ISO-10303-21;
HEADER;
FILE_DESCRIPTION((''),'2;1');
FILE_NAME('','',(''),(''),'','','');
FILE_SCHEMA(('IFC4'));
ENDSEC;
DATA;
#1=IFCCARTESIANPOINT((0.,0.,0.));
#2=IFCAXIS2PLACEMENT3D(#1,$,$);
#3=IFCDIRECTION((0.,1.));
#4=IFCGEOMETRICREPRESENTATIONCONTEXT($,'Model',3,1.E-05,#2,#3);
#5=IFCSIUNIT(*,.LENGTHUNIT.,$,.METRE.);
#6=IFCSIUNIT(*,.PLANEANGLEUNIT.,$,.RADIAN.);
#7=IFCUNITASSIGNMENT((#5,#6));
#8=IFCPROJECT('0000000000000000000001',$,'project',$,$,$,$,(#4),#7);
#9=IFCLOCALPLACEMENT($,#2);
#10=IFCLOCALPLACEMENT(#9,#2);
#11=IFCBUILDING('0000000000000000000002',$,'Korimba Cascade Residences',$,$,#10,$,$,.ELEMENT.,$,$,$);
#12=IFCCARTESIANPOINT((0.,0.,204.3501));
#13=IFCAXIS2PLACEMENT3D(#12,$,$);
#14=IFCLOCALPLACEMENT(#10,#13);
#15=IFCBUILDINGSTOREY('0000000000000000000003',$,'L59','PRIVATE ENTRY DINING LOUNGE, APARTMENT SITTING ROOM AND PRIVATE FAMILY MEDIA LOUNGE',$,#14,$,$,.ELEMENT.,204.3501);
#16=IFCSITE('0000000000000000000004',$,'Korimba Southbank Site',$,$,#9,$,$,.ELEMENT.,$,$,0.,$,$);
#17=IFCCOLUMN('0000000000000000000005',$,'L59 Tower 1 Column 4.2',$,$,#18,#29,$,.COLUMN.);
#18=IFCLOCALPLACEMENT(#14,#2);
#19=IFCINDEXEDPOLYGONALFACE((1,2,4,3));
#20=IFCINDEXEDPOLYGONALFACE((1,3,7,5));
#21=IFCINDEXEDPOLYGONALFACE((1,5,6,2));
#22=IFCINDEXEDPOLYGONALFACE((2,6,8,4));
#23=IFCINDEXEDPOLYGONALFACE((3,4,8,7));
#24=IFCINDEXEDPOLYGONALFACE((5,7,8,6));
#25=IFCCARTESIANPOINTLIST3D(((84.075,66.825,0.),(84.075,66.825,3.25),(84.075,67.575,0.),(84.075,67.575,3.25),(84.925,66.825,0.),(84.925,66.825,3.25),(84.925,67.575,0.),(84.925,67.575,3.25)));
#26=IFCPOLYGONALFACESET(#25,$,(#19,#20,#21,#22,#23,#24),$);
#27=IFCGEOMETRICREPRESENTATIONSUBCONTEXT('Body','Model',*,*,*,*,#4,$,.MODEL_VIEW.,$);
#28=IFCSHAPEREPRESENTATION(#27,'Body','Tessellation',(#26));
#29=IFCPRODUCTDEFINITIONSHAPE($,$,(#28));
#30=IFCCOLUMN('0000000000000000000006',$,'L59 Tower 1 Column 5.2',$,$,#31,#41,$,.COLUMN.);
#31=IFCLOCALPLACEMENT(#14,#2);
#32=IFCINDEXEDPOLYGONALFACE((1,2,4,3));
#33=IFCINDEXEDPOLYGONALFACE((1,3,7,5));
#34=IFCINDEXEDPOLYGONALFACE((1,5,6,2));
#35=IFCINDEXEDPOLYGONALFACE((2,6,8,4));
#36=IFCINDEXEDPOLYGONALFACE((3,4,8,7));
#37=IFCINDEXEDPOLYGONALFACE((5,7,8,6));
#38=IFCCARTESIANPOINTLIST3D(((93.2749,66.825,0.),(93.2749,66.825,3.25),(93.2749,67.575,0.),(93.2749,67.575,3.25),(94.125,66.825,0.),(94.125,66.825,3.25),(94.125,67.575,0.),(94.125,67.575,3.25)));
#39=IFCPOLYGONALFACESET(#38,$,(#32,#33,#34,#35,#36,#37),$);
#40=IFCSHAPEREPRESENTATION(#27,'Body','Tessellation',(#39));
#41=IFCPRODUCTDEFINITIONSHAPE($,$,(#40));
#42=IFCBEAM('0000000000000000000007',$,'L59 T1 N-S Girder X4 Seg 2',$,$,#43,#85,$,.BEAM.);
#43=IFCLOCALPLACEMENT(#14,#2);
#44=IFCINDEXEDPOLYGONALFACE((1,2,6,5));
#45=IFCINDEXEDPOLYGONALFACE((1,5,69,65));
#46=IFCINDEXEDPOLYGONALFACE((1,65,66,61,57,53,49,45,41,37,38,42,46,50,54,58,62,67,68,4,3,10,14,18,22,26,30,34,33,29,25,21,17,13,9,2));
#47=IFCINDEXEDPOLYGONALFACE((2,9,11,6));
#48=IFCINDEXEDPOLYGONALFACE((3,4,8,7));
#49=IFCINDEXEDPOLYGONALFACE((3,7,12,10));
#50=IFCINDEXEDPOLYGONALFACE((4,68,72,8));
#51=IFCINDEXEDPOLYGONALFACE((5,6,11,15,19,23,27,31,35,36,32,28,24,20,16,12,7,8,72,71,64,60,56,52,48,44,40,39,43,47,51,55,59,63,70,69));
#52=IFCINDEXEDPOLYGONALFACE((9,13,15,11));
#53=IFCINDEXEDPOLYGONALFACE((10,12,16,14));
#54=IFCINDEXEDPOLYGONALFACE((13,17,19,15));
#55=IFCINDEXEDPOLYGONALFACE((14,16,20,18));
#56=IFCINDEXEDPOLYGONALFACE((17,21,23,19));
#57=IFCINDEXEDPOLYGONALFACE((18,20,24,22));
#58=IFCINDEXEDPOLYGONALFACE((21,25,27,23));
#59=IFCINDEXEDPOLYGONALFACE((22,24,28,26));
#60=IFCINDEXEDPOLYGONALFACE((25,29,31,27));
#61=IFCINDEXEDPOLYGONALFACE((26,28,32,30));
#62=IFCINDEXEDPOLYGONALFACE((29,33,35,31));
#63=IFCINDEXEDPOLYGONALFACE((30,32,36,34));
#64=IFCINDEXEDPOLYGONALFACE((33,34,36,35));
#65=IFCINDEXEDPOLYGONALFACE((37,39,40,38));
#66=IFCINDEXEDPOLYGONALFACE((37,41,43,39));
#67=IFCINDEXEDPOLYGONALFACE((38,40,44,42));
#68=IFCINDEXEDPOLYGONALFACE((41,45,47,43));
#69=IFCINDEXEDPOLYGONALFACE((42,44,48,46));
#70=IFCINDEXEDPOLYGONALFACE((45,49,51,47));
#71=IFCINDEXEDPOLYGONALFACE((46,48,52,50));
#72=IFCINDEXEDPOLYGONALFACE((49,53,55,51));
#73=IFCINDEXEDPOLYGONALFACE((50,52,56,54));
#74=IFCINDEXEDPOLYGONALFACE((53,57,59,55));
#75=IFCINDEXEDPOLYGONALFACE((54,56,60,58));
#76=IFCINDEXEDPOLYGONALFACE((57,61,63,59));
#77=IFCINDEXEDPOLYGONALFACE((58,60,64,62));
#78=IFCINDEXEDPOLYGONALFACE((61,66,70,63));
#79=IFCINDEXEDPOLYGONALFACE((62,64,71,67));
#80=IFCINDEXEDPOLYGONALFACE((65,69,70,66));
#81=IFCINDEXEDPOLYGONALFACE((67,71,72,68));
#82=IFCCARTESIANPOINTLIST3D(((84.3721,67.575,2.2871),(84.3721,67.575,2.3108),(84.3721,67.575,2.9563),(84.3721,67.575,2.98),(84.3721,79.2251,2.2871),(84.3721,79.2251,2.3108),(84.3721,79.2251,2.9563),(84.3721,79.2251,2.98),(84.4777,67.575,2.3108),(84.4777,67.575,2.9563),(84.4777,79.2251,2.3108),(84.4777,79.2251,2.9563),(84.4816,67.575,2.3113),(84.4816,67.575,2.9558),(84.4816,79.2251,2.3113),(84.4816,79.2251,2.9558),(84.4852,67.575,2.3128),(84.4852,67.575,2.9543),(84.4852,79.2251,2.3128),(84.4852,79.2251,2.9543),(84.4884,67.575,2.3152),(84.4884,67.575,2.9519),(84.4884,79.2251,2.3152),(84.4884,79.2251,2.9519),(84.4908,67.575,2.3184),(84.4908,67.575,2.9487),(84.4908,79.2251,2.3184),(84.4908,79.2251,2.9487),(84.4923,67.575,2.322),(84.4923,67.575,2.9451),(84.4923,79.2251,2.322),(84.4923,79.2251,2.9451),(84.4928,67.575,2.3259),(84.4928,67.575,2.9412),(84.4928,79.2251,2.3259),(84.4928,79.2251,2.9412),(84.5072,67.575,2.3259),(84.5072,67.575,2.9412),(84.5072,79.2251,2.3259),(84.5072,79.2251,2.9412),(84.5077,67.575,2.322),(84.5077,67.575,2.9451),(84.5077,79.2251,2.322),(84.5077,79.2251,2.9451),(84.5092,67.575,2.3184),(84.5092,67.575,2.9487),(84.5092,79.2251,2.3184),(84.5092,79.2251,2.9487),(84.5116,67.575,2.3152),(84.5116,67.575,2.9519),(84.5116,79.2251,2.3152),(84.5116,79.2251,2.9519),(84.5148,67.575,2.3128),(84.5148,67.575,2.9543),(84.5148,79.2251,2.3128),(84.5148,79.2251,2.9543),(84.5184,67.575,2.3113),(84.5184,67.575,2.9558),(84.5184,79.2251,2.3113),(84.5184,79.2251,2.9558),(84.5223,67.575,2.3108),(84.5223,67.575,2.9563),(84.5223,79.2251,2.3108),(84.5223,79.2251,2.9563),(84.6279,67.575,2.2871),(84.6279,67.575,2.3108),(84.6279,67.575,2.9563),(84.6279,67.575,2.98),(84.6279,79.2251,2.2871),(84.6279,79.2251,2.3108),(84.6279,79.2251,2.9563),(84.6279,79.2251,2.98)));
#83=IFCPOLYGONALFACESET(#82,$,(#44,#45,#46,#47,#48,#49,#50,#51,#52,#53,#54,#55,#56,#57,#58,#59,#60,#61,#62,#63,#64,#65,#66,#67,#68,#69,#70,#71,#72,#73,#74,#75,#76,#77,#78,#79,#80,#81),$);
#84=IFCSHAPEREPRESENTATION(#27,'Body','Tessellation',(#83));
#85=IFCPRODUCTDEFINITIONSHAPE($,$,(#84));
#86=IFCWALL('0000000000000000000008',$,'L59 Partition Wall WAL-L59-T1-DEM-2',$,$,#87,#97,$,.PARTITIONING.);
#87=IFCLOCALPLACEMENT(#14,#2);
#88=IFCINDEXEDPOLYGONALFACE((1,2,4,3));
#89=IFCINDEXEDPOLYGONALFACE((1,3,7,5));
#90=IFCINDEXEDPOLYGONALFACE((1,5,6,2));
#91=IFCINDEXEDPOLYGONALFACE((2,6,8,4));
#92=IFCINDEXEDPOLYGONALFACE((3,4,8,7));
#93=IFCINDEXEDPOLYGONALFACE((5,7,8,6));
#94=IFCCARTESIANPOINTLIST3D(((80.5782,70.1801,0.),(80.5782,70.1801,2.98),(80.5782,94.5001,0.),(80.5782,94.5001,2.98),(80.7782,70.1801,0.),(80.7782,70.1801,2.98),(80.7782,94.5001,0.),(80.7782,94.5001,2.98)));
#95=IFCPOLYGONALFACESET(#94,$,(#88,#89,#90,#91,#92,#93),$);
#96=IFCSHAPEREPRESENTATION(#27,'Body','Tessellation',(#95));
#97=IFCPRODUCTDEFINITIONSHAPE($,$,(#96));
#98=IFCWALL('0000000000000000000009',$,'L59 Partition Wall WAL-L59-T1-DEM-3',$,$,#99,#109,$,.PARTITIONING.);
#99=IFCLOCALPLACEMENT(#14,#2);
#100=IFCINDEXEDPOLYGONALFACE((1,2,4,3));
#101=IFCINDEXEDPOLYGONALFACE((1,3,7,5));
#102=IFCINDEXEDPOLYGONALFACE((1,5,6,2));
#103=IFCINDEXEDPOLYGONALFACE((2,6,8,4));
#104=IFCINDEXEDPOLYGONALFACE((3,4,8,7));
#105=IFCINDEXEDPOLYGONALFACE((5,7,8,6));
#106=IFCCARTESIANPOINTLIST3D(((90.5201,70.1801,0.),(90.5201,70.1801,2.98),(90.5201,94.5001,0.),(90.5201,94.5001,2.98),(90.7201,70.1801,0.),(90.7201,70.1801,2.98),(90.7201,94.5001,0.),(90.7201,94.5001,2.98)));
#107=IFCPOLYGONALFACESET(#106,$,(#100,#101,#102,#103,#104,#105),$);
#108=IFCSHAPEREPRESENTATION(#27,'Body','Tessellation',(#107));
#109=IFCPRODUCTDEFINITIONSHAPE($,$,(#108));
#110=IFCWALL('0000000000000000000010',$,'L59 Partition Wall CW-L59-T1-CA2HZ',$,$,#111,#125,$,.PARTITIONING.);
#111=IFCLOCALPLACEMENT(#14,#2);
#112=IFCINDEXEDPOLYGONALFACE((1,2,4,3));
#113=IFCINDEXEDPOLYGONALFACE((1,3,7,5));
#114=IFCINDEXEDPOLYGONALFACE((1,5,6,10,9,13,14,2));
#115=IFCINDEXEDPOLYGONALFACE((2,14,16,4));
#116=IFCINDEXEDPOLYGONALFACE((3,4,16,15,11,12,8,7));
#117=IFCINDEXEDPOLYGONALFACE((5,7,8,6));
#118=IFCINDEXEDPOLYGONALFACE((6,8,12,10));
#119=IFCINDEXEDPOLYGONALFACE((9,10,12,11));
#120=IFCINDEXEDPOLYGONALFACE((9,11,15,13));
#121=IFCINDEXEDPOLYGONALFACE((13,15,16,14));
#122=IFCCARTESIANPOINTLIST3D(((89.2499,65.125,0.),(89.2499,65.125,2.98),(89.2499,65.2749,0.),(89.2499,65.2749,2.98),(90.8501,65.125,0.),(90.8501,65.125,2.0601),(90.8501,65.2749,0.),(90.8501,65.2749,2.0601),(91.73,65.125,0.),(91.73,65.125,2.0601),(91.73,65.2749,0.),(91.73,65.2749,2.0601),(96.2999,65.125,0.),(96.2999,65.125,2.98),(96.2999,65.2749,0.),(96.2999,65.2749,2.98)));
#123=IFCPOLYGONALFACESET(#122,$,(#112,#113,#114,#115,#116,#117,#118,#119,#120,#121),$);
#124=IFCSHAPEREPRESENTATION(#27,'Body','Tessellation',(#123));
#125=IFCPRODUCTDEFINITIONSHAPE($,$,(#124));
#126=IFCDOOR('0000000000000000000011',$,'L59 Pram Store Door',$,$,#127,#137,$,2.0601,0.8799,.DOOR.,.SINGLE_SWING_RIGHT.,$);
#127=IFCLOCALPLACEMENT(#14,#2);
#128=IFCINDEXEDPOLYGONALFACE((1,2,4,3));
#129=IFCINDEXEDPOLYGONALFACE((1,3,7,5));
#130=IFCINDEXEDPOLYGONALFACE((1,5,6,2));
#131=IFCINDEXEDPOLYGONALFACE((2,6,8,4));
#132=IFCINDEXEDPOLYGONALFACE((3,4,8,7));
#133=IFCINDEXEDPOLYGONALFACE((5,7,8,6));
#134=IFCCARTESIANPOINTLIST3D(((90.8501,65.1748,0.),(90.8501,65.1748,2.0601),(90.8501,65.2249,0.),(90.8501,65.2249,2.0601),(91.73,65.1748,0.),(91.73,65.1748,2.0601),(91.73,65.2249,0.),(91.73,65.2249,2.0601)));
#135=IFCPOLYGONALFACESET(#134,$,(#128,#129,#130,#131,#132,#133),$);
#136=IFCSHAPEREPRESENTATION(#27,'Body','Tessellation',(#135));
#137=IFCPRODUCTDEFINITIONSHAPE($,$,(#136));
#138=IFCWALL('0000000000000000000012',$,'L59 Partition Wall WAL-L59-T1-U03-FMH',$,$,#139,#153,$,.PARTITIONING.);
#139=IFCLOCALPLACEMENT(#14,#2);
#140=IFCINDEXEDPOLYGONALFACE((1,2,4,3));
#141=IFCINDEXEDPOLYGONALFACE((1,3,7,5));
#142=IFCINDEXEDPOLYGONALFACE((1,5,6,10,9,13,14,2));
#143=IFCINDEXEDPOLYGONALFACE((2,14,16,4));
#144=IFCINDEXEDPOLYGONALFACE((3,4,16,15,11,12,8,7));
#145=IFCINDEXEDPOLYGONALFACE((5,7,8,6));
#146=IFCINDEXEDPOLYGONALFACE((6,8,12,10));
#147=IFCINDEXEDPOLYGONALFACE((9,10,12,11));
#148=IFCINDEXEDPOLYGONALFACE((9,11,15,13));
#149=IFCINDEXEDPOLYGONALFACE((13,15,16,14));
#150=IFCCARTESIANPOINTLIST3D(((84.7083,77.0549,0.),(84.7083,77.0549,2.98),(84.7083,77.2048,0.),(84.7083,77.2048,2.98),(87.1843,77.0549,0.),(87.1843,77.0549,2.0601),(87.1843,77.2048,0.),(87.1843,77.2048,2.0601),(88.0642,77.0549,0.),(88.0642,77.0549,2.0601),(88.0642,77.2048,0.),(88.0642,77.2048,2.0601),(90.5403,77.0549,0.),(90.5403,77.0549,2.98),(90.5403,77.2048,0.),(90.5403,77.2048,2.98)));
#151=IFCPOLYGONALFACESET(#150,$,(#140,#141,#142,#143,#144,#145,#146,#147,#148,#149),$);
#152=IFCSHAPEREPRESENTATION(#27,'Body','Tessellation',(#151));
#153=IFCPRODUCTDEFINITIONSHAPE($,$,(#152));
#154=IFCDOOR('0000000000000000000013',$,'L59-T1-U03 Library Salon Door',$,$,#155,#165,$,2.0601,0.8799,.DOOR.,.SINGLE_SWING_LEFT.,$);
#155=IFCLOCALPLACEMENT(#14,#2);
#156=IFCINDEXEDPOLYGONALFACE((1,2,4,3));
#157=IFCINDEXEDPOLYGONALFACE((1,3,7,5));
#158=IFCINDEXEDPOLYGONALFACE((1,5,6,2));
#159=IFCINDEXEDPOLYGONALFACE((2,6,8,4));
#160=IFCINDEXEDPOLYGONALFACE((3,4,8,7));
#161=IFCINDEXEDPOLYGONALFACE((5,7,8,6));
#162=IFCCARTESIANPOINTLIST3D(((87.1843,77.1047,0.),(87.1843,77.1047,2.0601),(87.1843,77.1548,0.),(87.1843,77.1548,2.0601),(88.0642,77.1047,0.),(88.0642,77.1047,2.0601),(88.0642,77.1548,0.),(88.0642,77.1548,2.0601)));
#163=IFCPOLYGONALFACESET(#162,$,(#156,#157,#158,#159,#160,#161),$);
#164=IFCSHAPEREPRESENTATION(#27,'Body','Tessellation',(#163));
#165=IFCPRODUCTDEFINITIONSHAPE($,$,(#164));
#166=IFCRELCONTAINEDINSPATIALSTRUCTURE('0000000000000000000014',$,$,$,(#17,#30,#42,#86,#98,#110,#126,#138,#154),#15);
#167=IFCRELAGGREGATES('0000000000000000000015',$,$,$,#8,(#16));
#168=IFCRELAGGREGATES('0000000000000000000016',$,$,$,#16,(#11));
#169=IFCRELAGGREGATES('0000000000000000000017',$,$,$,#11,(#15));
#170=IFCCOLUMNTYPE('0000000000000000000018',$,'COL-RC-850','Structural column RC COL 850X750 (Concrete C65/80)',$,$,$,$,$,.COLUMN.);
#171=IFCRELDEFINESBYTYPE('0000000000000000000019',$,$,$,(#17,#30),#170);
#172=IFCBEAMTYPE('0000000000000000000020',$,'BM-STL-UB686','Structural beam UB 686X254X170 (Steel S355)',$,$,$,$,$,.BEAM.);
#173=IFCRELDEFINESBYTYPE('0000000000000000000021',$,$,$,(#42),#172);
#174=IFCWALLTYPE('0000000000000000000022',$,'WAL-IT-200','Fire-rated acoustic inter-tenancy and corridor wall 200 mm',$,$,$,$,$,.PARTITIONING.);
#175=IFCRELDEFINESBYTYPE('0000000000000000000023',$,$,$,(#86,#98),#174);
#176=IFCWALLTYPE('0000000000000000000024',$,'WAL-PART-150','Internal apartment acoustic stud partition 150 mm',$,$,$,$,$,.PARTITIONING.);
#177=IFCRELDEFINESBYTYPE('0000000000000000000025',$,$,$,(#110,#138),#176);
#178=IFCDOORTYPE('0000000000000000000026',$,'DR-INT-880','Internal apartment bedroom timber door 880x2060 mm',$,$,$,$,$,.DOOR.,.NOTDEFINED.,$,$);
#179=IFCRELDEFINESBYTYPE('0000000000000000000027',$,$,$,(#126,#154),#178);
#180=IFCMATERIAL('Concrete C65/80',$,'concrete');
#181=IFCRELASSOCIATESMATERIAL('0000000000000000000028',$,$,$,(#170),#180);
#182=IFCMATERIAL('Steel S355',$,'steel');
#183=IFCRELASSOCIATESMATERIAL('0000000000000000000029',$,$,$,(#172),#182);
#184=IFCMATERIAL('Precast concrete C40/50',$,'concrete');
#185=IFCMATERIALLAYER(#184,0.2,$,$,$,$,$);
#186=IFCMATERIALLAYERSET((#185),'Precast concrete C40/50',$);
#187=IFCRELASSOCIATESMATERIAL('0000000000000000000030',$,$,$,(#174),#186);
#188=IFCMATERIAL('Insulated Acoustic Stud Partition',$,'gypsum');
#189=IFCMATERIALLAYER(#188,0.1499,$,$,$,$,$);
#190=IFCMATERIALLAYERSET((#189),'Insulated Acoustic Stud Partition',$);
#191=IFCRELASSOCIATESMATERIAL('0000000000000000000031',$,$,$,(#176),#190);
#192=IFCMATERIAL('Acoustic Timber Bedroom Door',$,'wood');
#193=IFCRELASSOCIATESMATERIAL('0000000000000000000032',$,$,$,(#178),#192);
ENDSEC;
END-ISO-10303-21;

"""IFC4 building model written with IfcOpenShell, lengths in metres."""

from ifc_helpers import new_model, si_unit, direction, frame, frame_2d, origin, origin_2d, place, context, subcontext, project, spatial, rectangle, i_section, extrude, material, layer, layer_set, material_profile, profile_set, type_object, element, fill, save


model = new_model("IFC4")

# Units and contexts
model_context = context("Model", 3, precision=1e-05, world=origin(), true_north=direction((0.0, 1.0)))
body_context = subcontext(model_context, "Body", "Model", "MODEL_VIEW")
ifc_project = project(units=[si_unit("LENGTHUNIT", "METRE"), si_unit("PLANEANGLEUNIT", "RADIAN")], contexts=[model_context])

# Site, building, storey
site_placement = place(None, origin())
site = spatial("IfcSite", under=ifc_project, at=site_placement, Name="Korimba Southbank Site", CompositionType="ELEMENT", RefElevation=0.0)
building_placement = place(site_placement, origin())
building = spatial("IfcBuilding", under=site, at=building_placement, Name="Korimba Cascade Residences", CompositionType="ELEMENT")
storey_placement = place(building_placement, frame((0.0, 0.0, 204.3501)))
storey = spatial("IfcBuildingStorey", under=building, at=storey_placement, Name="L59", Description="PRIVATE ENTRY DINING LOUNGE, APARTMENT SITTING ROOM AND PRIVATE FAMILY MEDIA LOUNGE", CompositionType="ELEMENT", Elevation=204.3501)

# Columns
ifc_material_1 = material(Name="Concrete C65/80", Category="concrete")
ifc_material_profile_1 = material_profile(ifc_material_1, rectangle(XDim=0.8501, YDim=0.75, at=origin_2d()), Name="Concrete C65/80")
ifc_profile_set_1 = profile_set([ifc_material_profile_1], Name="Concrete C65/80")
column_type = type_object("IfcColumnType", Name="COL-RC-850", Description="Structural column RC COL 850X750 (Concrete C65/80)", PredefinedType="COLUMN", material=ifc_profile_set_1)
for number, where, z_axis, x_axis, name in (
    (1, (84.5, 67.2, 0.0), (0.0, 0.0, 1.0), (1.0, 0.0, 0.0), "L59 Tower 1 Column 4.2"),
    (2, (93.7, 67.2, 0.0), (0.0, 0.0, 1.0), (1.0, 0.0, 0.0), "L59 Tower 1 Column 5.2"),
):
    element("IfcColumn", number, at=place(storey_placement, frame(where, z_axis=z_axis, x_axis=x_axis)), inside=storey, type_object=column_type, Name=name, PredefinedType="COLUMN", context=body_context, shape_type="SweptSolid", body=[
        extrude(rectangle(XDim=0.8501, YDim=0.75, at=origin_2d()), origin(), (0.0, 0.0, 1.0), 3.25),
    ])

# Beam
ifc_material_2 = material(Name="Steel S355", Category="steel")
ifc_material_profile_2 = material_profile(ifc_material_2, i_section(OverallWidth=0.2559, OverallDepth=0.6929, WebThickness=0.0144, FlangeThickness=0.0237, FilletRadius=0.0151, at=origin_2d()), Name="Steel S355")
ifc_profile_set_2 = profile_set([ifc_material_profile_2], Name="Steel S355")
beam_type = type_object("IfcBeamType", Name="BM-STL-UB686", Description="Structural beam UB 686X254X170 (Steel S355)", PredefinedType="BEAM", material=ifc_profile_set_2)
beam_placement = place(storey_placement, frame((84.5, 67.575, 2.6335), z_axis=(0.0, 1.0, 0.0), x_axis=(-1.0, 0.0, 0.0)))
element("IfcBeam", 3, at=beam_placement, inside=storey, type_object=beam_type, Name="L59 T1 N-S Girder X4 Seg 2", PredefinedType="BEAM", context=body_context, shape_type="SweptSolid", body=[
    extrude(i_section(OverallWidth=0.2559, OverallDepth=0.6929, WebThickness=0.0144, FlangeThickness=0.0237, FilletRadius=0.0151, at=origin_2d()), origin(), (0.0, 0.0, 1.0), 11.6501),
])

# Walls
ifc_material_3 = material(Name="Precast concrete C40/50", Category="concrete")
ifc_layer_1 = layer(ifc_material_3, 0.2)
ifc_layer_set_1 = layer_set([ifc_layer_1], Name="Precast concrete C40/50")
wall_type_1 = type_object("IfcWallType", Name="WAL-IT-200", Description="Fire-rated acoustic inter-tenancy and corridor wall 200 mm", PredefinedType="PARTITIONING", material=ifc_layer_set_1)
for number, where, z_axis, x_axis, name in (
    (4, (80.6782, 70.1799, 0.0), (0.0, 0.0, 1.0), (0.0, 1.0, 0.0), "L59 Partition Wall WAL-L59-T1-DEM-2"),
    (5, (90.6201, 70.1799, 0.0), (0.0, 0.0, 1.0), (0.0, 1.0, 0.0), "L59 Partition Wall WAL-L59-T1-DEM-3"),
):
    element("IfcWall", number, at=place(storey_placement, frame(where, z_axis=z_axis, x_axis=x_axis)), inside=storey, type_object=wall_type_1, Name=name, PredefinedType="PARTITIONING", context=body_context, shape_type="SweptSolid", body=[
        extrude(rectangle(XDim=24.3201, YDim=0.2, at=frame_2d((12.1602, 0.0))), origin(), (0.0, 0.0, 1.0), 2.98),
    ])

# Walls, openings, doors
ifc_material_4 = material(Name="Insulated Acoustic Stud Partition", Category="gypsum")
ifc_layer_2 = layer(ifc_material_4, 0.1499)
ifc_layer_set_2 = layer_set([ifc_layer_2], Name="Insulated Acoustic Stud Partition")
wall_type_2 = type_object("IfcWallType", Name="WAL-PART-150", Description="Internal apartment acoustic stud partition 150 mm", PredefinedType="PARTITIONING", material=ifc_layer_set_2)
wall_1_placement = place(storey_placement, frame((89.25, 65.2, 0.0), z_axis=(0.0, 0.0, 1.0), x_axis=(1.0, 0.0, 0.0)))
wall_1 = element("IfcWall", 6, at=wall_1_placement, inside=storey, type_object=wall_type_2, Name="L59 Partition Wall CW-L59-T1-CA2HZ", PredefinedType="PARTITIONING", context=body_context, shape_type="SweptSolid", body=[
    extrude(rectangle(XDim=7.05, YDim=0.1499, at=frame_2d((3.5249, 0.0))), origin(), (0.0, 0.0, 1.0), 2.98),
])
opening_1_placement = place(wall_1_placement, frame((1.6001, 0.0, 0.0)))
opening_1 = element("IfcOpeningElement", 7, at=opening_1_placement, cuts=wall_1, PredefinedType="OPENING", context=body_context, shape_type="SweptSolid", body=[
    extrude(rectangle(XDim=0.8799, YDim=2.0601, at=frame_2d((0.4399, 1.03))), frame((0.0, 0.085, 0.0), z_axis=(0.0, -1.0, 0.0), x_axis=(1.0, 0.0, 0.0)), (0.0, 0.0, 1.0), 0.1699),
])
ifc_material_5 = material(Name="Acoustic Timber Bedroom Door", Category="wood")
door_type_1 = type_object("IfcDoorType", Name="DR-INT-880", Description="Internal apartment bedroom timber door 880x2060 mm", OperationType="NOTDEFINED", PredefinedType="DOOR", material=ifc_material_5)
door_1_placement = place(opening_1_placement, origin())
door_1 = element("IfcDoor", 8, at=door_1_placement, inside=storey, type_object=door_type_1, Name="L59 Pram Store Door", OperationType="SINGLE_SWING_RIGHT", OverallHeight=2.0601, OverallWidth=0.8799, PredefinedType="DOOR", context=body_context, shape_type="SweptSolid", body=[
    extrude(rectangle(XDim=0.8799, YDim=2.0601, at=frame_2d((0.4399, 1.03))), frame((0.0, 0.0249, 0.0), z_axis=(0.0, -1.0, 0.0), x_axis=(1.0, 0.0, 0.0)), (0.0, 0.0, 1.0), 0.05),
])
fill(opening_1, door_1)
wall_2_placement = place(storey_placement, frame((84.7083, 77.1299, 0.0), z_axis=(0.0, 0.0, 1.0), x_axis=(1.0, 0.0, 0.0)))
wall_2 = element("IfcWall", 9, at=wall_2_placement, inside=storey, type_object=wall_type_2, Name="L59 Partition Wall WAL-L59-T1-U03-FMH", PredefinedType="PARTITIONING", context=body_context, shape_type="SweptSolid", body=[
    extrude(rectangle(XDim=5.832, YDim=0.1499, at=frame_2d((2.916, 0.0))), origin(), (0.0, 0.0, 1.0), 2.98),
])
opening_2_placement = place(wall_2_placement, frame((2.4761, 0.0, 0.0)))
opening_2 = element("IfcOpeningElement", 10, at=opening_2_placement, cuts=wall_2, PredefinedType="OPENING", context=body_context, shape_type="SweptSolid", body=[
    extrude(rectangle(XDim=0.8799, YDim=2.0601, at=frame_2d((0.4399, 1.03))), frame((0.0, 0.085, 0.0), z_axis=(0.0, -1.0, 0.0), x_axis=(1.0, 0.0, 0.0)), (0.0, 0.0, 1.0), 0.1699),
])
door_2_placement = place(opening_2_placement, origin())
door_2 = element("IfcDoor", 11, at=door_2_placement, inside=storey, type_object=door_type_1, Name="L59-T1-U03 Library Salon Door", OperationType="SINGLE_SWING_LEFT", OverallHeight=2.0601, OverallWidth=0.8799, PredefinedType="DOOR", context=body_context, shape_type="SweptSolid", body=[
    extrude(rectangle(XDim=0.8799, YDim=2.0601, at=frame_2d((0.4399, 1.03))), frame((0.0, 0.0249, 0.0), z_axis=(0.0, -1.0, 0.0), x_axis=(1.0, 0.0, 0.0)), (0.0, 0.0, 1.0), 0.05),
])
fill(opening_2, door_2)

save(model, "model.ifc")
